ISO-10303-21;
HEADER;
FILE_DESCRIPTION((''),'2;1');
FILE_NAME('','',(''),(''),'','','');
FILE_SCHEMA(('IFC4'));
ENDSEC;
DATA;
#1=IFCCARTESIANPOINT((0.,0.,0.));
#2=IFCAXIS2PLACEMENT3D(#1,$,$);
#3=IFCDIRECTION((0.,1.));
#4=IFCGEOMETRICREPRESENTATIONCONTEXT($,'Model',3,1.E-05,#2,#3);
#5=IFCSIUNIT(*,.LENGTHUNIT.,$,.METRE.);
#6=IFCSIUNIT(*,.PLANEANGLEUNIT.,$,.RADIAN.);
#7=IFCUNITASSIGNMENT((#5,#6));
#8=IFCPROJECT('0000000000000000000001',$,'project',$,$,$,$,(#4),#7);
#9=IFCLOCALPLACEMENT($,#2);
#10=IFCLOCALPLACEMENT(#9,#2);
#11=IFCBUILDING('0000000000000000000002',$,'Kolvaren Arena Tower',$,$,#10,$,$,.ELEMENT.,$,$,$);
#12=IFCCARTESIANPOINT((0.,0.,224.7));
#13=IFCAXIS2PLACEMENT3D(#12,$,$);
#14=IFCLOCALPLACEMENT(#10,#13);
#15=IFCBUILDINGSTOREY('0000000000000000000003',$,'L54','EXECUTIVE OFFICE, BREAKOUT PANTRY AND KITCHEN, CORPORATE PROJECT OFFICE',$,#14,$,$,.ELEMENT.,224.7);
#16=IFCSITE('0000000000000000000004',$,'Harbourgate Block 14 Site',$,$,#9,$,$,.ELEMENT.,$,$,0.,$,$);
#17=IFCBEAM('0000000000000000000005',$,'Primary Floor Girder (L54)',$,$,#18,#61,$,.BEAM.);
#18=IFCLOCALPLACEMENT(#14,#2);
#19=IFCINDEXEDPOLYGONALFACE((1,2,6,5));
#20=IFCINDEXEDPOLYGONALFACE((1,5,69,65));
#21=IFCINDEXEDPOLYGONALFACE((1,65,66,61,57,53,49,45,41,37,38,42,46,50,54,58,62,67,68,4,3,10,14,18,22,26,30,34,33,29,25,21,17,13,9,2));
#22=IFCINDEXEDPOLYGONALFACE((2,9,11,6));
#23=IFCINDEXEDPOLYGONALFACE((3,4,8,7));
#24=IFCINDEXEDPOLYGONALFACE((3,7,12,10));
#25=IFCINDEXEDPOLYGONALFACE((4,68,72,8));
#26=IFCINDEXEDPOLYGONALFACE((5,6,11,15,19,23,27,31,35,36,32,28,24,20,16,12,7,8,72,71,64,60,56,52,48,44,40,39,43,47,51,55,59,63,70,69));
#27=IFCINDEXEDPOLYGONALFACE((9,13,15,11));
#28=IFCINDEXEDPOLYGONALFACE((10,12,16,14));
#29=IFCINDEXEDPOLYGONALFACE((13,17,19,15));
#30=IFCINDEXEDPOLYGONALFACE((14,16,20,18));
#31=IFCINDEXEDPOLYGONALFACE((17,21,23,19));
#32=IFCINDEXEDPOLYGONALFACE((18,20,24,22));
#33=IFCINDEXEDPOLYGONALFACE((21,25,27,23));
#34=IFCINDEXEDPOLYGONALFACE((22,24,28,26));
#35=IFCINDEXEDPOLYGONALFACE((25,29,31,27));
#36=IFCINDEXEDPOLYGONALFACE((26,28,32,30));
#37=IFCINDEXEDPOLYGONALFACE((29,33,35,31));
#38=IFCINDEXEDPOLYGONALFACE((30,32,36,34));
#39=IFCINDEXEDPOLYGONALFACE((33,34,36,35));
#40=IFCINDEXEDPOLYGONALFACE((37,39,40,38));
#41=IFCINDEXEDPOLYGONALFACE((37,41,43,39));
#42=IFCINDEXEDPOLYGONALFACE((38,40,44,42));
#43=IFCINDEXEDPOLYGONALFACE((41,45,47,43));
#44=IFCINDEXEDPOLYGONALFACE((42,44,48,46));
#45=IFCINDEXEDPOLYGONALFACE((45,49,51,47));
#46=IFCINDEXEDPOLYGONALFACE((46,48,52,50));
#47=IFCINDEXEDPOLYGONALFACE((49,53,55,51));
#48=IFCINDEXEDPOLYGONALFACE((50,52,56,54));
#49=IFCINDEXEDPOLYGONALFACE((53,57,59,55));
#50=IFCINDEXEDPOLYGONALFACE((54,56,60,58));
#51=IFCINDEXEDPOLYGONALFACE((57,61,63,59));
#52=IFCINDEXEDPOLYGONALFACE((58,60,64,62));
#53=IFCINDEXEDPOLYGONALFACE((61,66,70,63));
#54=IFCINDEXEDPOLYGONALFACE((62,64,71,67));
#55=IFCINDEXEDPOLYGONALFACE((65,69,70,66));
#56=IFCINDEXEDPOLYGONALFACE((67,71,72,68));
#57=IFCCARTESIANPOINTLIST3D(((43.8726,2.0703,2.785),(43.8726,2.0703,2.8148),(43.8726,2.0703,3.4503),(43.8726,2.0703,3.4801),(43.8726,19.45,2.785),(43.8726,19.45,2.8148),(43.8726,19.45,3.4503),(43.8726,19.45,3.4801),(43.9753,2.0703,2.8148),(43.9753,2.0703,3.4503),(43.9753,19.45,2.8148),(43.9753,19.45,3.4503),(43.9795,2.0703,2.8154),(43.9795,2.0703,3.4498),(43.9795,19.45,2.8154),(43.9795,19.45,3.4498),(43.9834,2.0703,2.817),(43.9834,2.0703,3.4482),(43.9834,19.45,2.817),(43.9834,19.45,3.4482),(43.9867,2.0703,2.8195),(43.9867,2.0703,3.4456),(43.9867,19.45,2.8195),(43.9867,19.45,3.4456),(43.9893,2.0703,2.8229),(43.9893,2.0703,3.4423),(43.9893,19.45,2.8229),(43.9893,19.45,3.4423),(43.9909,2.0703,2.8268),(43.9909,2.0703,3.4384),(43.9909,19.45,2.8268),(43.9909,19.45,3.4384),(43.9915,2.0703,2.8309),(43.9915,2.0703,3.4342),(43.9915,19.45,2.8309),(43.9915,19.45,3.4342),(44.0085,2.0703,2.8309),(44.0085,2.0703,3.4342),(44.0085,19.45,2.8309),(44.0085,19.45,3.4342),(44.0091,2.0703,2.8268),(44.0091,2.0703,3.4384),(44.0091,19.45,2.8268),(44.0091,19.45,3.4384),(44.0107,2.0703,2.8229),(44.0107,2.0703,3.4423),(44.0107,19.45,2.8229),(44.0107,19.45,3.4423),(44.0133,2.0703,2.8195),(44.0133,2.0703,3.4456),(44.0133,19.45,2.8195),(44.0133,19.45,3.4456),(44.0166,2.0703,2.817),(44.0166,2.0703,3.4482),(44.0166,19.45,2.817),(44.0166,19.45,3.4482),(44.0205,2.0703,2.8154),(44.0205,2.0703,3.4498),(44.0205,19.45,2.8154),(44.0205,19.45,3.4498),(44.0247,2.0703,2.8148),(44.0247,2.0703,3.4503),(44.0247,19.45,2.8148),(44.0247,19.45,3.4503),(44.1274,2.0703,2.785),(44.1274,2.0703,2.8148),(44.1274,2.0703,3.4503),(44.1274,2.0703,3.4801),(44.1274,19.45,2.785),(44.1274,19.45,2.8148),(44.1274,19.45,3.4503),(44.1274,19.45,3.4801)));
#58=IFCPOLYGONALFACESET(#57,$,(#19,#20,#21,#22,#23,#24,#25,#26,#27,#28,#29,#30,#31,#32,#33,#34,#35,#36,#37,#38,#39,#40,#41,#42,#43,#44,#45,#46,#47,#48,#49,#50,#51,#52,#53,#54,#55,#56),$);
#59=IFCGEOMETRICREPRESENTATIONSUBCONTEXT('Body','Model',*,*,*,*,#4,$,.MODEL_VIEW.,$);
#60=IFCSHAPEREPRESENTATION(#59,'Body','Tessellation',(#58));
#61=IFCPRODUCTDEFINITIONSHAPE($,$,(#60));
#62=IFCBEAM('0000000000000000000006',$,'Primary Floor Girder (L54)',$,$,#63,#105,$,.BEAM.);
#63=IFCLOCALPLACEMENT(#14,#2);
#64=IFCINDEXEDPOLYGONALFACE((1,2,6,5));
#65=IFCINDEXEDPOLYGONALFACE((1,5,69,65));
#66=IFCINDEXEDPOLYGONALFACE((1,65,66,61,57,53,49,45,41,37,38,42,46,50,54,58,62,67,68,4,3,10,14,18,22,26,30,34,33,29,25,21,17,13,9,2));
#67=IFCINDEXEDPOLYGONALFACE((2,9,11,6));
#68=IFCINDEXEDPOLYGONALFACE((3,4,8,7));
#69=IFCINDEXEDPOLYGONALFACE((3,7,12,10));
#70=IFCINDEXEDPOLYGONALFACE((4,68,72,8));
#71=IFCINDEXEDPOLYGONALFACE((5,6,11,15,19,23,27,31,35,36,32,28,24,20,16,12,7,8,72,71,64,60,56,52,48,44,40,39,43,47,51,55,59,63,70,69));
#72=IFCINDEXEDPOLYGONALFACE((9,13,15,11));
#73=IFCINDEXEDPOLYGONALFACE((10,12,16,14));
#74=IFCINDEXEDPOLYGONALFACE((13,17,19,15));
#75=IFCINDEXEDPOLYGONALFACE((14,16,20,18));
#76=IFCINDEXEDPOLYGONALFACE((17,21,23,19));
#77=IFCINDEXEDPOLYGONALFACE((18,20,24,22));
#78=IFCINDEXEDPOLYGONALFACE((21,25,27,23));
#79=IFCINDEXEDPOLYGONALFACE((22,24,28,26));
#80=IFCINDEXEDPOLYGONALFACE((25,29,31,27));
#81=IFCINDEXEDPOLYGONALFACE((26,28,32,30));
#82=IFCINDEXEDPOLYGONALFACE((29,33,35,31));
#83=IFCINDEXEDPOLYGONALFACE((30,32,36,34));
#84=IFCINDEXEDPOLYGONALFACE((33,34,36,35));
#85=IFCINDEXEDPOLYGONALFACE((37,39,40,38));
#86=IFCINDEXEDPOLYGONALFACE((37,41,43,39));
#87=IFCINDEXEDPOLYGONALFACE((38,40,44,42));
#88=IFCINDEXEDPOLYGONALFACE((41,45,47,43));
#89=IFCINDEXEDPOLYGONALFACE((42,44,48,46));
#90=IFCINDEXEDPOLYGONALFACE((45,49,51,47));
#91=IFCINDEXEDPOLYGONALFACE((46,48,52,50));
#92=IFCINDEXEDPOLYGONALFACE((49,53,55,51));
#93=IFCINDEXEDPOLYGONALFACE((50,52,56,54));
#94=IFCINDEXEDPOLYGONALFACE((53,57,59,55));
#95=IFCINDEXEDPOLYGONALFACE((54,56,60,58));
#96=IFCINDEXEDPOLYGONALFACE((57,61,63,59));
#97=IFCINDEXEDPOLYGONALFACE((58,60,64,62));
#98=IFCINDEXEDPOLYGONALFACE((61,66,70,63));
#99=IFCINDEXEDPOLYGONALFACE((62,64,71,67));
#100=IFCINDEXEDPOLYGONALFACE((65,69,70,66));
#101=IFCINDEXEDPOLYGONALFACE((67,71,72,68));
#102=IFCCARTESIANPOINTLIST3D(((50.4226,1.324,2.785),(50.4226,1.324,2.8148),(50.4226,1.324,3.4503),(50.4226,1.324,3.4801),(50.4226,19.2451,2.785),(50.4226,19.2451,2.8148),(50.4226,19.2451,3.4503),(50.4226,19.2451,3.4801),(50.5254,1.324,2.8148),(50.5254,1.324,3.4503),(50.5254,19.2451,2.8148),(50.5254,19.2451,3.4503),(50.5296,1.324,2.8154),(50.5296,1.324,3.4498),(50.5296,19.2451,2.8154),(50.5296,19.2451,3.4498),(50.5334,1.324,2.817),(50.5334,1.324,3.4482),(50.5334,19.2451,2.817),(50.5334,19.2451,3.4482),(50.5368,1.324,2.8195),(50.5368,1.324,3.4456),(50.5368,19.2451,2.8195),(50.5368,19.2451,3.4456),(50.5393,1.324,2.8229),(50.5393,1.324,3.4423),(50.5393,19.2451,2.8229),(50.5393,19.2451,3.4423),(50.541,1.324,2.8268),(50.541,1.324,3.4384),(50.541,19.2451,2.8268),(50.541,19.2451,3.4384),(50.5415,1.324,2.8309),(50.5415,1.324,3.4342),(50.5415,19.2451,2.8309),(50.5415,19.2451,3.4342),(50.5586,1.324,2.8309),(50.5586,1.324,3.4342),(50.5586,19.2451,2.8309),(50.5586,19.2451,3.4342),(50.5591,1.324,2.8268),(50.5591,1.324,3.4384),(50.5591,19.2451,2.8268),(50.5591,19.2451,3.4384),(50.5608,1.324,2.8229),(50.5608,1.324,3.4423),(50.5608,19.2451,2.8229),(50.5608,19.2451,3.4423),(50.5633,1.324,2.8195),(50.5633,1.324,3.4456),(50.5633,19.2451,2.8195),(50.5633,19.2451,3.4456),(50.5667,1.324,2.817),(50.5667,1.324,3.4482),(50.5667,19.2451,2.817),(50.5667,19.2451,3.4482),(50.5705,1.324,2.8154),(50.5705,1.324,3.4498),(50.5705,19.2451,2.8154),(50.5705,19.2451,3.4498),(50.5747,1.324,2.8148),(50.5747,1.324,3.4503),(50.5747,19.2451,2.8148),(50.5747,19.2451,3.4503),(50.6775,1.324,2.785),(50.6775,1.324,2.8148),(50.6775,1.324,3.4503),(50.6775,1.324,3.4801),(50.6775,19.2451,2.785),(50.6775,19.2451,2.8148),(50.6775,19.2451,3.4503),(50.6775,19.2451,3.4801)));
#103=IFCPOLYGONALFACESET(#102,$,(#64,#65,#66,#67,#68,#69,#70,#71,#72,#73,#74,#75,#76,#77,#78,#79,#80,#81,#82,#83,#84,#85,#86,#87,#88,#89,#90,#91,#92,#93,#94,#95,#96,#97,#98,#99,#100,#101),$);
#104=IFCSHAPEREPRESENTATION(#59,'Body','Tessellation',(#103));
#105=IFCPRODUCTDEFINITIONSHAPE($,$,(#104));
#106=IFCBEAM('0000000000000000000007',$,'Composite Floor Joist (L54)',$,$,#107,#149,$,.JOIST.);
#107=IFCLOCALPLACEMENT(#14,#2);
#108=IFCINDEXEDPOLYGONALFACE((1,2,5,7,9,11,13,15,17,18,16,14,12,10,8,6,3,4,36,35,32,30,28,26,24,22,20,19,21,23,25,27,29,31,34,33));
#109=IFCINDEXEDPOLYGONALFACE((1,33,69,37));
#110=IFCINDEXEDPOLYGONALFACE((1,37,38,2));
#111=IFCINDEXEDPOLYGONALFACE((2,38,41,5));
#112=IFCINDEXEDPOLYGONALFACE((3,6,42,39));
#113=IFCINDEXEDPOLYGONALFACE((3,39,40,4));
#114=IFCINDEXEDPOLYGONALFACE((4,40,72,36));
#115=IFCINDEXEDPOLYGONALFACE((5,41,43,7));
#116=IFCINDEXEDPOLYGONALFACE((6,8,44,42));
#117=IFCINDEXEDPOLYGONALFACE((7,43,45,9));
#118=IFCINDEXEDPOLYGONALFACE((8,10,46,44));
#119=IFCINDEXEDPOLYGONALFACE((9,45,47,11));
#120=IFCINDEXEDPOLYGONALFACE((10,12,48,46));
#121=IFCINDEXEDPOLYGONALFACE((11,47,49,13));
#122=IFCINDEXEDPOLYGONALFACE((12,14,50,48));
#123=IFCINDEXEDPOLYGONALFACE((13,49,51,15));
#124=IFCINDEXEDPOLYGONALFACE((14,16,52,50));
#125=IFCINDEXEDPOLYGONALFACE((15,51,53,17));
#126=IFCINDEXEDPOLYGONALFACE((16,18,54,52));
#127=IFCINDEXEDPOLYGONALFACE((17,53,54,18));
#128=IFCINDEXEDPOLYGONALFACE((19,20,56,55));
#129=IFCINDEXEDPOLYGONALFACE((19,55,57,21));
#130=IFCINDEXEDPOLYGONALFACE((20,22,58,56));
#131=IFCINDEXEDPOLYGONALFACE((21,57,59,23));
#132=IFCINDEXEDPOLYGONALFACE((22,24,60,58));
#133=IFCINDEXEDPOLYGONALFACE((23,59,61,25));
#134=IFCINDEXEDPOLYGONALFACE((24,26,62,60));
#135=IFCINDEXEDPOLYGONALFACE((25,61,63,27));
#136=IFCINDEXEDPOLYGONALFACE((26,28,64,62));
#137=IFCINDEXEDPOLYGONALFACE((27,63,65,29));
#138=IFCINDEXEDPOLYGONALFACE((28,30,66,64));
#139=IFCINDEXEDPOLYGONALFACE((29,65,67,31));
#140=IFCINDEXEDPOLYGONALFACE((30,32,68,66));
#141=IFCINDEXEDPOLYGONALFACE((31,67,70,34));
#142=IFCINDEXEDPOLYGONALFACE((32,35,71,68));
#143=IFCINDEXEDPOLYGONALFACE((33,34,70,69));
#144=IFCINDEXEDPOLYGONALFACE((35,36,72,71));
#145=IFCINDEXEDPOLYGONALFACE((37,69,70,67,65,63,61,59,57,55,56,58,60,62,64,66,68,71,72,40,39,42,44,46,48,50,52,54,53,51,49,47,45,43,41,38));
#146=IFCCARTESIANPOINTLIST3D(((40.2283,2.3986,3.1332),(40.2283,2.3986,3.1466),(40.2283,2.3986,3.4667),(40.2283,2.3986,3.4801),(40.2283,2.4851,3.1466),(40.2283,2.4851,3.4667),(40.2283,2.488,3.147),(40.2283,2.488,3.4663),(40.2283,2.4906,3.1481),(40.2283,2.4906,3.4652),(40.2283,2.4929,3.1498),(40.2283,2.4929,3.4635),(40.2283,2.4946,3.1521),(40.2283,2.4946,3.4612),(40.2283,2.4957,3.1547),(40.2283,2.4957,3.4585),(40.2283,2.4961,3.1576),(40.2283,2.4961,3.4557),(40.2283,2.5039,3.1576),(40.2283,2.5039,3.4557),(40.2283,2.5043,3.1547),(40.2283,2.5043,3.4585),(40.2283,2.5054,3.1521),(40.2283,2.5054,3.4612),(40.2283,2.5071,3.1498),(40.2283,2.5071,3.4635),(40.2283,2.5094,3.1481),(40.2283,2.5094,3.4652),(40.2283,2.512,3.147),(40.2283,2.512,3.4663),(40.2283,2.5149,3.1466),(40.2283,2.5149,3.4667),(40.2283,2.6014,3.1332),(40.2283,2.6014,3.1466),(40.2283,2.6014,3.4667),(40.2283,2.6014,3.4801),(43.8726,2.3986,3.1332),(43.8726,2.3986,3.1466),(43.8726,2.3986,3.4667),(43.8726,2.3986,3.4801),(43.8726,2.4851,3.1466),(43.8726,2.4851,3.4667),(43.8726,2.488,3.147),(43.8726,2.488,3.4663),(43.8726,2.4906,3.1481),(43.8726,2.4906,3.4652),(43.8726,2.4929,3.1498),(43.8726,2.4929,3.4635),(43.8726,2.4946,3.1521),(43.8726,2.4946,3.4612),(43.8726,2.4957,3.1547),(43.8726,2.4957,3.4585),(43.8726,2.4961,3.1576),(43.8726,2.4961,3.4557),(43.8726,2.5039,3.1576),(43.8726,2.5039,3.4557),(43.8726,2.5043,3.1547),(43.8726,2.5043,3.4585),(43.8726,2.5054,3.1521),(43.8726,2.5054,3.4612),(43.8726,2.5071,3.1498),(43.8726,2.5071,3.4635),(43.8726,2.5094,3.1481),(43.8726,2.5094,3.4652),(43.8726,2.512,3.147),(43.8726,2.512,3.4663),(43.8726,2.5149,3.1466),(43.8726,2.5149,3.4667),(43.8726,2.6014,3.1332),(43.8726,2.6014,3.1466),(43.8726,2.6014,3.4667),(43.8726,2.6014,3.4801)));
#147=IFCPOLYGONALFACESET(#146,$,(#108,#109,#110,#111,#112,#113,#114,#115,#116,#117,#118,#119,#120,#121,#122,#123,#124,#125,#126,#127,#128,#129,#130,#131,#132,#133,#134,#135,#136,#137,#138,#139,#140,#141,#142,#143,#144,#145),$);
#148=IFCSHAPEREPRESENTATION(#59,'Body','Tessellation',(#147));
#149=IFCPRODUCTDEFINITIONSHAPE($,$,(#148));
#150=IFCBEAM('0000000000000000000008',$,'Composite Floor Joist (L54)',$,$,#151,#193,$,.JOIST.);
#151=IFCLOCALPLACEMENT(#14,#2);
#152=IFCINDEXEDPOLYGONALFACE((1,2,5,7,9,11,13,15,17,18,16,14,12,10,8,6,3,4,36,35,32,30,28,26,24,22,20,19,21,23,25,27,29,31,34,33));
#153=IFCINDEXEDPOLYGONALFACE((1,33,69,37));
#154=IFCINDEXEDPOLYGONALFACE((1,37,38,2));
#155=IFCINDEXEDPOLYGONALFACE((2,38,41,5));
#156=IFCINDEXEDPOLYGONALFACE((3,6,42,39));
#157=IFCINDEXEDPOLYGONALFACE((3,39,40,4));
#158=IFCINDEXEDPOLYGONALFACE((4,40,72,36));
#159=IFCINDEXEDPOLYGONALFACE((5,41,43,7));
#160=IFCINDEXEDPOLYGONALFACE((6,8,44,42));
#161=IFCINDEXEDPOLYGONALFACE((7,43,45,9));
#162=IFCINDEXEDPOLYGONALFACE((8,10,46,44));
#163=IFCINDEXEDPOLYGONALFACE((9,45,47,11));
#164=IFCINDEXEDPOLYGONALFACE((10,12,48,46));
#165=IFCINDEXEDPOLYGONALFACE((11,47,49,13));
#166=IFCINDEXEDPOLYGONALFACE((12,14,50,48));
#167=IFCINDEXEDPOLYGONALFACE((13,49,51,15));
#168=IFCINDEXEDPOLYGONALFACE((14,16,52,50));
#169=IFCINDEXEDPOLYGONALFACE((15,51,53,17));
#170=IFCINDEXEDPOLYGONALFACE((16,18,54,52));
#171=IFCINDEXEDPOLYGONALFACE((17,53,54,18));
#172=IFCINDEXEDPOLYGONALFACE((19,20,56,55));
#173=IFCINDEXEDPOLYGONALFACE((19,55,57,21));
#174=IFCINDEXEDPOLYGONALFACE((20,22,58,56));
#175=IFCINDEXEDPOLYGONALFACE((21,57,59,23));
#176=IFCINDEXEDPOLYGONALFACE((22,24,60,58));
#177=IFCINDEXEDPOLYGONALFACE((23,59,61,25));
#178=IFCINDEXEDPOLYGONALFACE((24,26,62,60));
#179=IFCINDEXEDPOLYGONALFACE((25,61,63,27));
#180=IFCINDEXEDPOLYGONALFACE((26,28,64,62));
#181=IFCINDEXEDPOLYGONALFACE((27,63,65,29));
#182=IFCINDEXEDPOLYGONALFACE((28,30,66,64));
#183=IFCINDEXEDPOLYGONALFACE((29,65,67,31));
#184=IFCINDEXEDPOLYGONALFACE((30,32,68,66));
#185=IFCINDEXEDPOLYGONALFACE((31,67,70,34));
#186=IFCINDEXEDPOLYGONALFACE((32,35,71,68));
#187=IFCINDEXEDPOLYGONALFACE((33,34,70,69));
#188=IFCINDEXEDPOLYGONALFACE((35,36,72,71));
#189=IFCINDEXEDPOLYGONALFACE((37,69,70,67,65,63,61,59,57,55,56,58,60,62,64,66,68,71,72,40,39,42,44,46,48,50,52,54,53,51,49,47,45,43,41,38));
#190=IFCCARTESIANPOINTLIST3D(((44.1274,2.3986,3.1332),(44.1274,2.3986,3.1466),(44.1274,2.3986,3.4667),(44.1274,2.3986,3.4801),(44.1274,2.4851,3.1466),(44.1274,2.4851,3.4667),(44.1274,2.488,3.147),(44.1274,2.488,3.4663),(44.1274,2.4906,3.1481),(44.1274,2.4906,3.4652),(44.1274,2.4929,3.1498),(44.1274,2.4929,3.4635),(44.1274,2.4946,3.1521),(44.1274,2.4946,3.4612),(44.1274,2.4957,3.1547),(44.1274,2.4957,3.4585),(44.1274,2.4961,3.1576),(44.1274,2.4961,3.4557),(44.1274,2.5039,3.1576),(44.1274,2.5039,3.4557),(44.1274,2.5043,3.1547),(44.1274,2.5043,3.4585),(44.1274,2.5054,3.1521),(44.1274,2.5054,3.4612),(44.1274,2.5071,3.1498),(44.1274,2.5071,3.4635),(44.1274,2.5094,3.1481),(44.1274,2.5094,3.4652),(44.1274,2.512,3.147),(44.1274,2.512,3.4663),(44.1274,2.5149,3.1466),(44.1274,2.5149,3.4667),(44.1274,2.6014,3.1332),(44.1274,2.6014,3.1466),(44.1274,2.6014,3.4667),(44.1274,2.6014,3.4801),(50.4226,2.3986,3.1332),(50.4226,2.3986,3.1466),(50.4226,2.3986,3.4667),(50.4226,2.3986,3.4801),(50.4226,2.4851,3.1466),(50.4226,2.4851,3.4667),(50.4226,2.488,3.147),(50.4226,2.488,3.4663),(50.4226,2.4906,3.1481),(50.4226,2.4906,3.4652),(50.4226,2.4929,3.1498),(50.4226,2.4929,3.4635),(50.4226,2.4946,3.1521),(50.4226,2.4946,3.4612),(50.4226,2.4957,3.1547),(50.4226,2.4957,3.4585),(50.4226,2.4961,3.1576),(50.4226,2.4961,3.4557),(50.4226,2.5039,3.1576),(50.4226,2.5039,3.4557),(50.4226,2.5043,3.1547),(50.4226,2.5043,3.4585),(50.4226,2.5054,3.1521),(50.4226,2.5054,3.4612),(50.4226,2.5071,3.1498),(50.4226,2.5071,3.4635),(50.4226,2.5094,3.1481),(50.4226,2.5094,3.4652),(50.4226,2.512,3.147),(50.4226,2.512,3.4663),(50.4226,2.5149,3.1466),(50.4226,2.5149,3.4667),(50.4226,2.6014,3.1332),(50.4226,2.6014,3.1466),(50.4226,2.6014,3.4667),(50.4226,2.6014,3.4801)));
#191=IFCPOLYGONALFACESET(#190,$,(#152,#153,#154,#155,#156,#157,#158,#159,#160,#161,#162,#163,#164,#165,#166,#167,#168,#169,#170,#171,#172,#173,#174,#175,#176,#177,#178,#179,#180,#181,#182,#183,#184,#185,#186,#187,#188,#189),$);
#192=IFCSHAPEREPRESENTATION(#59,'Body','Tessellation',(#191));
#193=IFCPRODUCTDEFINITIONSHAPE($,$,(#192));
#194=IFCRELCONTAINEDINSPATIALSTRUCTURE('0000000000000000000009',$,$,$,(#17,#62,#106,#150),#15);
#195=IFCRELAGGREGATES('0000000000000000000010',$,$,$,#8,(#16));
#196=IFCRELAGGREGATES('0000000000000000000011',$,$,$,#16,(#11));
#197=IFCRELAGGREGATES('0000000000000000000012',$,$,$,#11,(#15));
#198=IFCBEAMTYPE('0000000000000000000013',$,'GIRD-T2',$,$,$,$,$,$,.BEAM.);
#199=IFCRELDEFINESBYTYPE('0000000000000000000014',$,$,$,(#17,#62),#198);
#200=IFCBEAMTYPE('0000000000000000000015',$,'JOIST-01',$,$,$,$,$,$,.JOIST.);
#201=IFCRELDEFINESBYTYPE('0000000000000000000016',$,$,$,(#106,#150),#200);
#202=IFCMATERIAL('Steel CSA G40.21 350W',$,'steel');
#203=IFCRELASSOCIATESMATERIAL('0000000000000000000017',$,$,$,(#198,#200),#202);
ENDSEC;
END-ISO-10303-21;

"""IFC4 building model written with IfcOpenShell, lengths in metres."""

from ifc_helpers import new_model, si_unit, direction, frame, origin, origin_2d, place, context, subcontext, project, spatial, i_section, extrude, material, material_profile, profile_set, type_object, element, save


model = new_model("IFC4")

# Units and contexts
model_context = context("Model", 3, precision=1e-05, world=origin(), true_north=direction((0.0, 1.0)))
body_context = subcontext(model_context, "Body", "Model", "MODEL_VIEW")
ifc_project = project(units=[si_unit("LENGTHUNIT", "METRE"), si_unit("PLANEANGLEUNIT", "RADIAN")], contexts=[model_context])

# Site, building, storey
site_placement = place(None, origin())
site = spatial("IfcSite", under=ifc_project, at=site_placement, Name="Harbourgate Block 14 Site", CompositionType="ELEMENT", RefElevation=0.0)
building_placement = place(site_placement, origin())
building = spatial("IfcBuilding", under=site, at=building_placement, Name="Kolvaren Arena Tower", CompositionType="ELEMENT")
storey_placement = place(building_placement, frame((0.0, 0.0, 224.7)))
storey = spatial("IfcBuildingStorey", under=building, at=storey_placement, Name="L54", Description="EXECUTIVE OFFICE, BREAKOUT PANTRY AND KITCHEN, CORPORATE PROJECT OFFICE", CompositionType="ELEMENT", Elevation=224.7)

# Beams
ifc_material_1 = material(Name="Steel CSA G40.21 350W", Category="steel")
ifc_material_profile_1 = material_profile(ifc_material_1, i_section(OverallWidth=0.2549, OverallDepth=0.6951, WebThickness=0.0171, FlangeThickness=0.0298, FilletRadius=0.0161, at=origin_2d()), Name="W690x217")
ifc_profile_set_1 = profile_set([ifc_material_profile_1], Name="Steel CSA G40.21 350W")
beam_type_1 = type_object("IfcBeamType", Name="GIRD-T2", PredefinedType="BEAM", material=ifc_profile_set_1)
beam_1_placement = place(storey_placement, frame((44.0, 2.0703, 3.1326), z_axis=(0.0, 1.0, 0.0), x_axis=(-1.0, 0.0, 0.0)))
element("IfcBeam", 1, at=beam_1_placement, inside=storey, type_object=beam_type_1, Name="Primary Floor Girder (L54)", PredefinedType="BEAM", context=body_context, shape_type="SweptSolid", body=[
    extrude(i_section(OverallWidth=0.2549, OverallDepth=0.6951, WebThickness=0.0171, FlangeThickness=0.0298, FilletRadius=0.0161, at=origin_2d()), origin(), (0.0, 0.0, 1.0), 17.3796),
])
beam_2_placement = place(storey_placement, frame((50.55, 1.324, 3.1326), z_axis=(0.0, 1.0, 0.0), x_axis=(-1.0, 0.0, 0.0)))
element("IfcBeam", 2, at=beam_2_placement, inside=storey, type_object=beam_type_1, Name="Primary Floor Girder (L54)", PredefinedType="BEAM", context=body_context, shape_type="SweptSolid", body=[
    extrude(i_section(OverallWidth=0.2549, OverallDepth=0.6951, WebThickness=0.0171, FlangeThickness=0.0298, FilletRadius=0.0161, at=origin_2d()), origin(), (0.0, 0.0, 1.0), 17.9211),
])
ifc_material_profile_2 = material_profile(ifc_material_1, i_section(OverallWidth=0.2029, OverallDepth=0.3469, WebThickness=0.0078, FlangeThickness=0.0134, FilletRadius=0.011, at=origin_2d()), Name="W360x64")
ifc_profile_set_2 = profile_set([ifc_material_profile_2], Name="Steel CSA G40.21 350W")
beam_type_2 = type_object("IfcBeamType", Name="JOIST-01", PredefinedType="JOIST", material=ifc_profile_set_2)
beam_3_placement = place(storey_placement, frame((40.2283, 2.5, 3.3066), z_axis=(1.0, 0.0, 0.0), x_axis=(0.0, 1.0, 0.0)))
element("IfcBeam", 3, at=beam_3_placement, inside=storey, type_object=beam_type_2, Name="Composite Floor Joist (L54)", PredefinedType="JOIST", context=body_context, shape_type="SweptSolid", body=[
    extrude(i_section(OverallWidth=0.2029, OverallDepth=0.3469, WebThickness=0.0078, FlangeThickness=0.0134, FilletRadius=0.011, at=origin_2d()), origin(), (0.0, 0.0, 1.0), 3.6443),
])
for number, where, z_axis, x_axis, name in (
    (4, (44.1274, 2.5, 3.3066), (1.0, 0.0, 0.0), (0.0, 1.0, 0.0), "Composite Floor Joist (L54)"),
):
    element("IfcBeam", number, at=place(storey_placement, frame(where, z_axis=z_axis, x_axis=x_axis)), inside=storey, type_object=beam_type_2, Name=name, PredefinedType="JOIST", context=body_context, shape_type="SweptSolid", body=[
        extrude(i_section(OverallWidth=0.2029, OverallDepth=0.3469, WebThickness=0.0078, FlangeThickness=0.0134, FilletRadius=0.011, at=origin_2d()), origin(), (0.0, 0.0, 1.0), 6.2952),
    ])

save(model, "model.ifc")
